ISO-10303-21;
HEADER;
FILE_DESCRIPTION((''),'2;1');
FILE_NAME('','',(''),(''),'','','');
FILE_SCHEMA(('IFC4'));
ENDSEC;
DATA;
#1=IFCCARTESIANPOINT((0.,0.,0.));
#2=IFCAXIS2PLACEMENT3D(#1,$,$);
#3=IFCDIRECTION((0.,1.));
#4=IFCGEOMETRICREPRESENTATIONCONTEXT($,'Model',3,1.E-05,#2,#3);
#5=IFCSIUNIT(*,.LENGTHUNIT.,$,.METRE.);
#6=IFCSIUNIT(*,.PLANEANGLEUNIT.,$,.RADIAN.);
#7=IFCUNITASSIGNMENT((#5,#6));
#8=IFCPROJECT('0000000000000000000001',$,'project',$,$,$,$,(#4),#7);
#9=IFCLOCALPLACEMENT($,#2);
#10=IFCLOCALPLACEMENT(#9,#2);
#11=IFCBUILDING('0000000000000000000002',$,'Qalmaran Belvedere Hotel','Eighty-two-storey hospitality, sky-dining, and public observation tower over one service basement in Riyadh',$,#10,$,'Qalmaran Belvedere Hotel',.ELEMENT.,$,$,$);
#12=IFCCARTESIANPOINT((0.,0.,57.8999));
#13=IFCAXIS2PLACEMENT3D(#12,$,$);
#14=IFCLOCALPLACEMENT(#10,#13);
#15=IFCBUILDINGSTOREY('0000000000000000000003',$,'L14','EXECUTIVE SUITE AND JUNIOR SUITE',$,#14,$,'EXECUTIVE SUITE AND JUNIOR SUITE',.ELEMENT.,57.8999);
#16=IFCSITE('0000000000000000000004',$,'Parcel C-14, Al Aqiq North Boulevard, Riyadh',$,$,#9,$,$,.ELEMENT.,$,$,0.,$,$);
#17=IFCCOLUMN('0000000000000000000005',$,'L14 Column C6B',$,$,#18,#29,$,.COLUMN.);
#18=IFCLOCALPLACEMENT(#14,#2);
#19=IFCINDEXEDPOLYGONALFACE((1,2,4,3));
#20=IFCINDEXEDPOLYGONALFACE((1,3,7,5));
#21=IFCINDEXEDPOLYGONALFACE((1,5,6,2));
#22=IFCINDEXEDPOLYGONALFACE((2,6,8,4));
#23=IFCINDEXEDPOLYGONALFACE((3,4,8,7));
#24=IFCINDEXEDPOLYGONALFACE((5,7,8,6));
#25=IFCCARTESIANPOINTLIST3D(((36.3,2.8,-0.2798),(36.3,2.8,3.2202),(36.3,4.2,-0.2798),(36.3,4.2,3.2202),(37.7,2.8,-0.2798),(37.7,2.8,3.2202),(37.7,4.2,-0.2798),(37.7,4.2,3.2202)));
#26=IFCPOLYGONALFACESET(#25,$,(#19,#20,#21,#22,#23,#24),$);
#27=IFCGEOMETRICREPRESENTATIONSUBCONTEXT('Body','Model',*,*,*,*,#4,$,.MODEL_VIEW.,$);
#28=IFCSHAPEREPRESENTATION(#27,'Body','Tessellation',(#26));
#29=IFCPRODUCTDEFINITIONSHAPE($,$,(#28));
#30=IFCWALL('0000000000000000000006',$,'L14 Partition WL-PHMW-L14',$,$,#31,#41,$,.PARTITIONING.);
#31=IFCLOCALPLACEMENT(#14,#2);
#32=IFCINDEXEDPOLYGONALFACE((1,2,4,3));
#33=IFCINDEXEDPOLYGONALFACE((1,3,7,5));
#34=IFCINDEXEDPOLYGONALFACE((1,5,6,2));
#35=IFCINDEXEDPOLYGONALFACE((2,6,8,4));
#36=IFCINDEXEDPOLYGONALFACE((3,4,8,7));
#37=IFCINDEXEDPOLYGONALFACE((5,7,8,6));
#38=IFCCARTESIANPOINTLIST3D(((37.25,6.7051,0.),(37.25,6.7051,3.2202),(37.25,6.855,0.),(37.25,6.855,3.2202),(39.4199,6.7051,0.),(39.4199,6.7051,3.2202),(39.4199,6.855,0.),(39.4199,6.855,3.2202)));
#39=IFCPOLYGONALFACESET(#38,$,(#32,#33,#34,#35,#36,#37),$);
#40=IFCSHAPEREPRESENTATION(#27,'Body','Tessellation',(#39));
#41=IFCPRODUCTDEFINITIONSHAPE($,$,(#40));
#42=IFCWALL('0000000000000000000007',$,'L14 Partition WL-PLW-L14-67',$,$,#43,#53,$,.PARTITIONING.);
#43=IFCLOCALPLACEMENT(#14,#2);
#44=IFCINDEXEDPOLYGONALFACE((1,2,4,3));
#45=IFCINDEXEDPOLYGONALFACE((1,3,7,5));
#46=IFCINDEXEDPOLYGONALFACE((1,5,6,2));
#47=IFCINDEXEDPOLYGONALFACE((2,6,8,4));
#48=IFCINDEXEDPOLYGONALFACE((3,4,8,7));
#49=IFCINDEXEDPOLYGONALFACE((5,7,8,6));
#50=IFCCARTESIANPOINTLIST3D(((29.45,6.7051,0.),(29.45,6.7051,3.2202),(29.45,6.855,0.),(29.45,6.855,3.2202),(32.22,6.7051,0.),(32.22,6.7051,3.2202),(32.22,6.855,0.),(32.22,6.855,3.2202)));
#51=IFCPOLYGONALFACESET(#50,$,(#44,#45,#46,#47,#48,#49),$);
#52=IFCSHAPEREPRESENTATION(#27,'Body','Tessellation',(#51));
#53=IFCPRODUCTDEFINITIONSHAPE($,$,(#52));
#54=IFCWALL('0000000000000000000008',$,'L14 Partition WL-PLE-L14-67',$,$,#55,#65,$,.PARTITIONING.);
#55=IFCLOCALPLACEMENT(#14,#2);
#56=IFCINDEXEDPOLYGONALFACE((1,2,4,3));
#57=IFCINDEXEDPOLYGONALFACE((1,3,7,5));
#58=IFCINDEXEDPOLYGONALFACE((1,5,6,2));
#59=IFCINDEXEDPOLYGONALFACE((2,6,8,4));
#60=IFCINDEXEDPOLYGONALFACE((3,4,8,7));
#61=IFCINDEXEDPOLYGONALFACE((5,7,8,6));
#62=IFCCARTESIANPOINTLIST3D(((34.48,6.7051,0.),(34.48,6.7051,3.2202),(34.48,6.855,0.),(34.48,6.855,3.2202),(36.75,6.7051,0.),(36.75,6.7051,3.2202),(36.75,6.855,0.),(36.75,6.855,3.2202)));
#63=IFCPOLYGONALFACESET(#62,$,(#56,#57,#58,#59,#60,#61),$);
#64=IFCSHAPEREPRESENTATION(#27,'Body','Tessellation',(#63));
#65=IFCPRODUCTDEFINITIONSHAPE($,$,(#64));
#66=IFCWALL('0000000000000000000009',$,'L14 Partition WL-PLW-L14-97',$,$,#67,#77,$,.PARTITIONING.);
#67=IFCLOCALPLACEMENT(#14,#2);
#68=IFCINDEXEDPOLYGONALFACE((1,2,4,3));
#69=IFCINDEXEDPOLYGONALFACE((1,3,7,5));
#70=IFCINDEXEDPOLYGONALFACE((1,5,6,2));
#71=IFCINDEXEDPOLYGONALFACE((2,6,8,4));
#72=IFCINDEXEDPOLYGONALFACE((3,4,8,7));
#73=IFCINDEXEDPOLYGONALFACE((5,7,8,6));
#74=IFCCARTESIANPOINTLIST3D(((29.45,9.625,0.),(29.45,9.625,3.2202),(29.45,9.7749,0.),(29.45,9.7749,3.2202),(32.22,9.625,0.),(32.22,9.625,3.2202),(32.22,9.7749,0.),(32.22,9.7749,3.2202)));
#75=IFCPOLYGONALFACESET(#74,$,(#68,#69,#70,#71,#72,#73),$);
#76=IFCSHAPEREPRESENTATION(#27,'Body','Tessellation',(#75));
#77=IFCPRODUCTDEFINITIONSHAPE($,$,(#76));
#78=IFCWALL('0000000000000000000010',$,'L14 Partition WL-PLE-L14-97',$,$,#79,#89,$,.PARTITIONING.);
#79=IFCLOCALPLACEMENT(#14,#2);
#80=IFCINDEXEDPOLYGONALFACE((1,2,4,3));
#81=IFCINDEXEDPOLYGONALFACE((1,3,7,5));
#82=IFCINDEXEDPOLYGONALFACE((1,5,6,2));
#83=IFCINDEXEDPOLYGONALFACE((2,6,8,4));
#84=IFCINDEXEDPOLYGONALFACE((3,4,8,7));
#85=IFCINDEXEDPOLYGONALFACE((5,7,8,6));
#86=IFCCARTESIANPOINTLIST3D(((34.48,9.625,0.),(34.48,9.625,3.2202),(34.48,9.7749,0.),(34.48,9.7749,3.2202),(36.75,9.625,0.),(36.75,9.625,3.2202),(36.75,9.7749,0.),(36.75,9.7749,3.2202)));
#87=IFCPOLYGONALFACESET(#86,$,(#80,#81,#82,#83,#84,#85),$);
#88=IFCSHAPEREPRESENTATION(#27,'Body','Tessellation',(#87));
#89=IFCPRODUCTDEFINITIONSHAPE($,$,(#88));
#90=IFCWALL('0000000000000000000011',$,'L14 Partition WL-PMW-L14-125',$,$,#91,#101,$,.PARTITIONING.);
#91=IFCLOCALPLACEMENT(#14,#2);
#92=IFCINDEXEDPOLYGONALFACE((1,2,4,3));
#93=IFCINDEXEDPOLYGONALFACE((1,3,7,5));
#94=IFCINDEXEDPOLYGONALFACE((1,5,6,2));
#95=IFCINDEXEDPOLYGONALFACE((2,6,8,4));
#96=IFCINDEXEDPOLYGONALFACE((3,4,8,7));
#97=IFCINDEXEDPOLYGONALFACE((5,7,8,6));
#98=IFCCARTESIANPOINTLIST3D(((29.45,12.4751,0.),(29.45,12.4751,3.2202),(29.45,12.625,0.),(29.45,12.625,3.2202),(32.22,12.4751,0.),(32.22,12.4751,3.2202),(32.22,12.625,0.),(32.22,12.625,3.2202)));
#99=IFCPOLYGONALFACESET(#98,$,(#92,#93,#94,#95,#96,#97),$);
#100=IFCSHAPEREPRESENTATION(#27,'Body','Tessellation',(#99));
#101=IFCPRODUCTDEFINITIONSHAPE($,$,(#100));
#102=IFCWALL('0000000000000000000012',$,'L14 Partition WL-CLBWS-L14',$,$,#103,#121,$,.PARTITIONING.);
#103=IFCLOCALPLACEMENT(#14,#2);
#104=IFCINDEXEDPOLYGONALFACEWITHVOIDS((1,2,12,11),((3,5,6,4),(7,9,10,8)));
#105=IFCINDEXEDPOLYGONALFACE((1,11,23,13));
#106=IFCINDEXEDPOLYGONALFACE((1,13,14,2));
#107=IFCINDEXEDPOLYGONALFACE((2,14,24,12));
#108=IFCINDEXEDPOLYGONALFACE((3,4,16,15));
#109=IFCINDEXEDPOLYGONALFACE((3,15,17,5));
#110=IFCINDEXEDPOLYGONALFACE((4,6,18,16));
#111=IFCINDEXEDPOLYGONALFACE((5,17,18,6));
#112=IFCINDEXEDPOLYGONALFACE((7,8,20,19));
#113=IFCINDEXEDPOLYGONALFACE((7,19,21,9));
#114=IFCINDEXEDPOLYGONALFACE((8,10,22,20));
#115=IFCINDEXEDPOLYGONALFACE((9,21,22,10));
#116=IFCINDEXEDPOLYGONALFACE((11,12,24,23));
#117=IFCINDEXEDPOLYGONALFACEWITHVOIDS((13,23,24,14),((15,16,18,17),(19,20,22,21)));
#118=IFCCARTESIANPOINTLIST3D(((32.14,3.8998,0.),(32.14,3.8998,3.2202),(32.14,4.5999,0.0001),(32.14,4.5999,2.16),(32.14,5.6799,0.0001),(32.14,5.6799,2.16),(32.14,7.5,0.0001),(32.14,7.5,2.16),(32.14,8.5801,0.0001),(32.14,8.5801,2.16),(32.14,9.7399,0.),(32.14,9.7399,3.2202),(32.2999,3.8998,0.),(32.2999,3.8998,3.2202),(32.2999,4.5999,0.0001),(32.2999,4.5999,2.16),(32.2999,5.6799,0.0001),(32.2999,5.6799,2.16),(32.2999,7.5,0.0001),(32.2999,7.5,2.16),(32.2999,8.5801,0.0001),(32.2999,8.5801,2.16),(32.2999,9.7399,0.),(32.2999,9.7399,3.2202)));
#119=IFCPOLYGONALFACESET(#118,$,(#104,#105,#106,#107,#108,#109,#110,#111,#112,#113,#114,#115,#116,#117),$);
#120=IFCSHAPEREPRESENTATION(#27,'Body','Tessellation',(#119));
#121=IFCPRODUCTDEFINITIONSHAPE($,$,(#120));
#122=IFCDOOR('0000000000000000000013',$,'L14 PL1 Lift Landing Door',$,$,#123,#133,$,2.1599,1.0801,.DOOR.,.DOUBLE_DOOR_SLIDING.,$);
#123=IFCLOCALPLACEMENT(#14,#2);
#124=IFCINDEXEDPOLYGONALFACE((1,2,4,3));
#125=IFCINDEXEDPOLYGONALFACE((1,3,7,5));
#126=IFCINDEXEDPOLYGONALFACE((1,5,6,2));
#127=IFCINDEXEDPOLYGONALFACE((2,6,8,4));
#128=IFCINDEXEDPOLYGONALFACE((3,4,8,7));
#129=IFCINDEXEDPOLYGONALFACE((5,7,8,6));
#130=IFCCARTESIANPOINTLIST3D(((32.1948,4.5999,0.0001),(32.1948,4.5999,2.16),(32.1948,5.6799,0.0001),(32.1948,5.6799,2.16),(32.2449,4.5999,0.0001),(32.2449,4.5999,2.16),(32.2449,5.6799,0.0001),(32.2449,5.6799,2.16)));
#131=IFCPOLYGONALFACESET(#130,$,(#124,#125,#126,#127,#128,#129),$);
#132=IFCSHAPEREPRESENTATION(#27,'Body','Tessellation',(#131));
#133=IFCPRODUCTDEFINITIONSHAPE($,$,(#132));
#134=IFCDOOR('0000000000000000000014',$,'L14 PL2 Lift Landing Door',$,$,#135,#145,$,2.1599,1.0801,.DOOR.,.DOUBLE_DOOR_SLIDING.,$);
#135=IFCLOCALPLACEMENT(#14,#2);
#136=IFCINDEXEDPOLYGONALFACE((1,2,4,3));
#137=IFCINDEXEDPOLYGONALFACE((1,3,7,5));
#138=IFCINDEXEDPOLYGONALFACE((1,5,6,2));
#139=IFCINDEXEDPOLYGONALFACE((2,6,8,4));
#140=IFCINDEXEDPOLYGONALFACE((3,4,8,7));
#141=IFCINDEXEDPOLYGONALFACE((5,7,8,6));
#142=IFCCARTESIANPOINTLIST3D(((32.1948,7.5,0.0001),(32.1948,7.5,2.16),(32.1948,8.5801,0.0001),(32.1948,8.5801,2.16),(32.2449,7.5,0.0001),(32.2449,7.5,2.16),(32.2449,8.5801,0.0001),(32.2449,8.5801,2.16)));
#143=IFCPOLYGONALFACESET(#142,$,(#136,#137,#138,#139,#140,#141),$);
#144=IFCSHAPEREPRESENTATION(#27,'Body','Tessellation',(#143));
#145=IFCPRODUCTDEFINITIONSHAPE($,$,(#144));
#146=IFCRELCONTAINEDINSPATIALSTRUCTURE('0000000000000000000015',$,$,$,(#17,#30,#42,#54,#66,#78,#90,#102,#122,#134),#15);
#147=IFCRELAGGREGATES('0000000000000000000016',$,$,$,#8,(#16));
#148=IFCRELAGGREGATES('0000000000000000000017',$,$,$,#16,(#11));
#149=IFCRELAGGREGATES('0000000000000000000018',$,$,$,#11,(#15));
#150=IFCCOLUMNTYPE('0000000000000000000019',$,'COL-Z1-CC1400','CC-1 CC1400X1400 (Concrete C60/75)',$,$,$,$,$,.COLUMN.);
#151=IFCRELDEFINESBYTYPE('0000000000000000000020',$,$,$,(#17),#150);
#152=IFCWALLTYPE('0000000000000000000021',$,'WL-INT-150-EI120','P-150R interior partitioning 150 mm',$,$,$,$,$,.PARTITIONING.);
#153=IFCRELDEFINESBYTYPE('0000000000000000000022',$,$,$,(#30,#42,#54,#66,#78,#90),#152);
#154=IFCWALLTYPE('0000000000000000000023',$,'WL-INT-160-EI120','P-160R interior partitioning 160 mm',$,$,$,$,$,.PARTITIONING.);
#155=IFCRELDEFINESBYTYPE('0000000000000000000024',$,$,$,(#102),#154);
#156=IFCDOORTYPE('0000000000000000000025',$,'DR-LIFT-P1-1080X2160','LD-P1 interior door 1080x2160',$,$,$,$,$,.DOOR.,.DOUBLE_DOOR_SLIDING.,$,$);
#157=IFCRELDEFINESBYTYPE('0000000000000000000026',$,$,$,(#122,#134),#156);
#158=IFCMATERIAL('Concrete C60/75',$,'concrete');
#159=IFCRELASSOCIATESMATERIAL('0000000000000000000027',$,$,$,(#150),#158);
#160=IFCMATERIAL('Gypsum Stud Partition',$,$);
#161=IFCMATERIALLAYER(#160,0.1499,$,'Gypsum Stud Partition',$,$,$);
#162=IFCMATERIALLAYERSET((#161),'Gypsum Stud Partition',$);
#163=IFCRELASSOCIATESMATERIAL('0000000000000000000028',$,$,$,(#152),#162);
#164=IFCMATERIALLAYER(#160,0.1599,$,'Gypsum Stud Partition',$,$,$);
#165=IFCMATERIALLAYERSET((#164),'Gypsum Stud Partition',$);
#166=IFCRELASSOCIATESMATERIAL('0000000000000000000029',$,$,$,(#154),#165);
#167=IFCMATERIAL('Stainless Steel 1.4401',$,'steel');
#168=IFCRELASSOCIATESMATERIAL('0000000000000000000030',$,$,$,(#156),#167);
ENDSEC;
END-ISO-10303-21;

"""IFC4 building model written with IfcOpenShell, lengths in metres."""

from ifc_helpers import new_model, si_unit, direction, frame, frame_2d, origin, origin_2d, place, context, subcontext, project, spatial, rectangle, extrude, material, layer, layer_set, material_profile, profile_set, type_object, element, fill, save


model = new_model("IFC4")

# Units and contexts
model_context = context("Model", 3, precision=1e-05, world=origin(), true_north=direction((0.0, 1.0)))
body_context = subcontext(model_context, "Body", "Model", "MODEL_VIEW")
ifc_project = project(units=[si_unit("LENGTHUNIT", "METRE"), si_unit("PLANEANGLEUNIT", "RADIAN")], contexts=[model_context])

# Site, building, storey
site_placement = place(None, origin())
site = spatial("IfcSite", under=ifc_project, at=site_placement, Name="Parcel C-14, Al Aqiq North Boulevard, Riyadh", CompositionType="ELEMENT", RefElevation=0.0)
building_placement = place(site_placement, origin())
building = spatial("IfcBuilding", under=site, at=building_placement, Name="Qalmaran Belvedere Hotel", Description="Eighty-two-storey hospitality, sky-dining, and public observation tower over one service basement in Riyadh", LongName="Qalmaran Belvedere Hotel", CompositionType="ELEMENT")
storey_placement = place(building_placement, frame((0.0, 0.0, 57.8999)))
storey = spatial("IfcBuildingStorey", under=building, at=storey_placement, Name="L14", Description="EXECUTIVE SUITE AND JUNIOR SUITE", LongName="EXECUTIVE SUITE AND JUNIOR SUITE", CompositionType="ELEMENT", Elevation=57.8999)

# Column
ifc_material_1 = material(Name="Concrete C60/75", Category="concrete")
ifc_material_profile = material_profile(ifc_material_1, rectangle(XDim=1.3999, YDim=1.3999, at=origin_2d()), Name="CC1400X1400")
ifc_profile_set = profile_set([ifc_material_profile], Name="Concrete C60/75")
column_type = type_object("IfcColumnType", Name="COL-Z1-CC1400", Description="CC-1 CC1400X1400 (Concrete C60/75)", PredefinedType="COLUMN", material=ifc_profile_set)
column_placement = place(storey_placement, frame((37.0, 3.5, -0.2798), z_axis=(0.0, 0.0, 1.0), x_axis=(1.0, 0.0, 0.0)))
element("IfcColumn", 1, at=column_placement, inside=storey, type_object=column_type, Name="L14 Column C6B", PredefinedType="COLUMN", context=body_context, shape_type="SweptSolid", body=[
    extrude(rectangle(XDim=1.3999, YDim=1.3999, at=origin_2d()), origin(), (0.0, 0.0, 1.0), 3.5),
])

# Walls
ifc_material_2 = material(Name="Gypsum Stud Partition")
ifc_layer_1 = layer(ifc_material_2, 0.1499, Name="Gypsum Stud Partition")
ifc_layer_set_1 = layer_set([ifc_layer_1], Name="Gypsum Stud Partition")
wall_type_1 = type_object("IfcWallType", Name="WL-INT-150-EI120", Description="P-150R interior partitioning 150 mm", PredefinedType="PARTITIONING", material=ifc_layer_set_1)
wall_1_placement = place(storey_placement, frame((37.25, 6.78, 0.0), z_axis=(0.0, 0.0, 1.0), x_axis=(1.0, 0.0, 0.0)))
element("IfcWall", 2, at=wall_1_placement, inside=storey, type_object=wall_type_1, Name="L14 Partition WL-PHMW-L14", PredefinedType="PARTITIONING", context=body_context, shape_type="SweptSolid", body=[
    extrude(rectangle(XDim=2.1699, YDim=0.1499, at=frame_2d((1.085, 0.0))), origin(), (0.0, 0.0, 1.0), 3.2202),
])
wall_2_placement = place(storey_placement, frame((29.45, 6.78, 0.0), z_axis=(0.0, 0.0, 1.0), x_axis=(1.0, 0.0, 0.0)))
element("IfcWall", 3, at=wall_2_placement, inside=storey, type_object=wall_type_1, Name="L14 Partition WL-PLW-L14-67", PredefinedType="PARTITIONING", context=body_context, shape_type="SweptSolid", body=[
    extrude(rectangle(XDim=2.77, YDim=0.1499, at=frame_2d((1.385, 0.0))), origin(), (0.0, 0.0, 1.0), 3.2202),
])
wall_3_placement = place(storey_placement, frame((34.48, 6.78, 0.0), z_axis=(0.0, 0.0, 1.0), x_axis=(1.0, 0.0, 0.0)))
element("IfcWall", 4, at=wall_3_placement, inside=storey, type_object=wall_type_1, Name="L14 Partition WL-PLE-L14-67", PredefinedType="PARTITIONING", context=body_context, shape_type="SweptSolid", body=[
    extrude(rectangle(XDim=2.27, YDim=0.1499, at=frame_2d((1.135, 0.0))), origin(), (0.0, 0.0, 1.0), 3.2202),
])
wall_4_placement = place(storey_placement, frame((29.45, 9.7, 0.0), z_axis=(0.0, 0.0, 1.0), x_axis=(1.0, 0.0, 0.0)))
element("IfcWall", 5, at=wall_4_placement, inside=storey, type_object=wall_type_1, Name="L14 Partition WL-PLW-L14-97", PredefinedType="PARTITIONING", context=body_context, shape_type="SweptSolid", body=[
    extrude(rectangle(XDim=2.77, YDim=0.1499, at=frame_2d((1.385, 0.0))), origin(), (0.0, 0.0, 1.0), 3.2202),
])
wall_5_placement = place(storey_placement, frame((34.48, 9.7, 0.0), z_axis=(0.0, 0.0, 1.0), x_axis=(1.0, 0.0, 0.0)))
element("IfcWall", 6, at=wall_5_placement, inside=storey, type_object=wall_type_1, Name="L14 Partition WL-PLE-L14-97", PredefinedType="PARTITIONING", context=body_context, shape_type="SweptSolid", body=[
    extrude(rectangle(XDim=2.27, YDim=0.1499, at=frame_2d((1.135, 0.0))), origin(), (0.0, 0.0, 1.0), 3.2202),
])
wall_6_placement = place(storey_placement, frame((29.45, 12.55, 0.0), z_axis=(0.0, 0.0, 1.0), x_axis=(1.0, 0.0, 0.0)))
element("IfcWall", 7, at=wall_6_placement, inside=storey, type_object=wall_type_1, Name="L14 Partition WL-PMW-L14-125", PredefinedType="PARTITIONING", context=body_context, shape_type="SweptSolid", body=[
    extrude(rectangle(XDim=2.77, YDim=0.1499, at=frame_2d((1.385, 0.0))), origin(), (0.0, 0.0, 1.0), 3.2202),
])

# Wall, openings, doors
ifc_layer_2 = layer(ifc_material_2, 0.1599, Name="Gypsum Stud Partition")
ifc_layer_set_2 = layer_set([ifc_layer_2], Name="Gypsum Stud Partition")
wall_type_2 = type_object("IfcWallType", Name="WL-INT-160-EI120", Description="P-160R interior partitioning 160 mm", PredefinedType="PARTITIONING", material=ifc_layer_set_2)
wall_7_placement = place(storey_placement, frame((32.22, 3.8999, 0.0), z_axis=(0.0, 0.0, 1.0), x_axis=(0.0, 1.0, 0.0)))
wall_7 = element("IfcWall", 8, at=wall_7_placement, inside=storey, type_object=wall_type_2, Name="L14 Partition WL-CLBWS-L14", PredefinedType="PARTITIONING", context=body_context, shape_type="SweptSolid", body=[
    extrude(rectangle(XDim=5.8401, YDim=0.1599, at=frame_2d((2.9199, 0.0))), origin(), (0.0, 0.0, 1.0), 3.2202),
])
opening_1_placement = place(wall_7_placement, frame((1.78, 0.0, 0.0), z_axis=(0.0, 0.0, 1.0), x_axis=(-1.0, 0.0, 0.0)))
opening_1 = element("IfcOpeningElement", 9, at=opening_1_placement, cuts=wall_7, PredefinedType="OPENING", context=body_context, shape_type="SweptSolid", body=[
    extrude(rectangle(XDim=1.0801, YDim=2.1599, at=frame_2d((0.54, 1.0801))), frame((0.0, 0.0898, 0.0), z_axis=(0.0, -1.0, 0.0), x_axis=(1.0, 0.0, 0.0)), (0.0, 0.0, 1.0), 0.1799),
])
opening_2_placement = place(wall_7_placement, frame((4.6802, 0.0, 0.0), z_axis=(0.0, 0.0, 1.0), x_axis=(-1.0, 0.0, 0.0)))
opening_2 = element("IfcOpeningElement", 10, at=opening_2_placement, cuts=wall_7, PredefinedType="OPENING", context=body_context, shape_type="SweptSolid", body=[
    extrude(rectangle(XDim=1.0801, YDim=2.1599, at=frame_2d((0.54, 1.0801))), frame((0.0, 0.0898, 0.0), z_axis=(0.0, -1.0, 0.0), x_axis=(1.0, 0.0, 0.0)), (0.0, 0.0, 1.0), 0.1799),
])
ifc_material_3 = material(Name="Stainless Steel 1.4401", Category="steel")
door_type_1 = type_object("IfcDoorType", Name="DR-LIFT-P1-1080X2160", Description="LD-P1 interior door 1080x2160", OperationType="DOUBLE_DOOR_SLIDING", PredefinedType="DOOR", material=ifc_material_3)
door_1_placement = place(opening_1_placement, origin())
door_1 = element("IfcDoor", 11, at=door_1_placement, inside=storey, type_object=door_type_1, Name="L14 PL1 Lift Landing Door", OperationType="DOUBLE_DOOR_SLIDING", OverallHeight=2.1599, OverallWidth=1.0801, PredefinedType="DOOR", context=body_context, shape_type="SweptSolid", body=[
    extrude(rectangle(XDim=1.0801, YDim=2.1599, at=frame_2d((0.54, 1.0801))), frame((0.0, 0.0249, 0.0), z_axis=(0.0, -1.0, 0.0), x_axis=(1.0, 0.0, 0.0)), (0.0, 0.0, 1.0), 0.05),
])
fill(opening_1, door_1)
door_2_placement = place(opening_2_placement, origin())
door_2 = element("IfcDoor", 12, at=door_2_placement, inside=storey, type_object=door_type_1, Name="L14 PL2 Lift Landing Door", OperationType="DOUBLE_DOOR_SLIDING", OverallHeight=2.1599, OverallWidth=1.0801, PredefinedType="DOOR", context=body_context, shape_type="SweptSolid", body=[
    extrude(rectangle(XDim=1.0801, YDim=2.1599, at=frame_2d((0.54, 1.0801))), frame((0.0, 0.0249, 0.0), z_axis=(0.0, -1.0, 0.0), x_axis=(1.0, 0.0, 0.0)), (0.0, 0.0, 1.0), 0.05),
])
fill(opening_2, door_2)

save(model, "model.ifc")
